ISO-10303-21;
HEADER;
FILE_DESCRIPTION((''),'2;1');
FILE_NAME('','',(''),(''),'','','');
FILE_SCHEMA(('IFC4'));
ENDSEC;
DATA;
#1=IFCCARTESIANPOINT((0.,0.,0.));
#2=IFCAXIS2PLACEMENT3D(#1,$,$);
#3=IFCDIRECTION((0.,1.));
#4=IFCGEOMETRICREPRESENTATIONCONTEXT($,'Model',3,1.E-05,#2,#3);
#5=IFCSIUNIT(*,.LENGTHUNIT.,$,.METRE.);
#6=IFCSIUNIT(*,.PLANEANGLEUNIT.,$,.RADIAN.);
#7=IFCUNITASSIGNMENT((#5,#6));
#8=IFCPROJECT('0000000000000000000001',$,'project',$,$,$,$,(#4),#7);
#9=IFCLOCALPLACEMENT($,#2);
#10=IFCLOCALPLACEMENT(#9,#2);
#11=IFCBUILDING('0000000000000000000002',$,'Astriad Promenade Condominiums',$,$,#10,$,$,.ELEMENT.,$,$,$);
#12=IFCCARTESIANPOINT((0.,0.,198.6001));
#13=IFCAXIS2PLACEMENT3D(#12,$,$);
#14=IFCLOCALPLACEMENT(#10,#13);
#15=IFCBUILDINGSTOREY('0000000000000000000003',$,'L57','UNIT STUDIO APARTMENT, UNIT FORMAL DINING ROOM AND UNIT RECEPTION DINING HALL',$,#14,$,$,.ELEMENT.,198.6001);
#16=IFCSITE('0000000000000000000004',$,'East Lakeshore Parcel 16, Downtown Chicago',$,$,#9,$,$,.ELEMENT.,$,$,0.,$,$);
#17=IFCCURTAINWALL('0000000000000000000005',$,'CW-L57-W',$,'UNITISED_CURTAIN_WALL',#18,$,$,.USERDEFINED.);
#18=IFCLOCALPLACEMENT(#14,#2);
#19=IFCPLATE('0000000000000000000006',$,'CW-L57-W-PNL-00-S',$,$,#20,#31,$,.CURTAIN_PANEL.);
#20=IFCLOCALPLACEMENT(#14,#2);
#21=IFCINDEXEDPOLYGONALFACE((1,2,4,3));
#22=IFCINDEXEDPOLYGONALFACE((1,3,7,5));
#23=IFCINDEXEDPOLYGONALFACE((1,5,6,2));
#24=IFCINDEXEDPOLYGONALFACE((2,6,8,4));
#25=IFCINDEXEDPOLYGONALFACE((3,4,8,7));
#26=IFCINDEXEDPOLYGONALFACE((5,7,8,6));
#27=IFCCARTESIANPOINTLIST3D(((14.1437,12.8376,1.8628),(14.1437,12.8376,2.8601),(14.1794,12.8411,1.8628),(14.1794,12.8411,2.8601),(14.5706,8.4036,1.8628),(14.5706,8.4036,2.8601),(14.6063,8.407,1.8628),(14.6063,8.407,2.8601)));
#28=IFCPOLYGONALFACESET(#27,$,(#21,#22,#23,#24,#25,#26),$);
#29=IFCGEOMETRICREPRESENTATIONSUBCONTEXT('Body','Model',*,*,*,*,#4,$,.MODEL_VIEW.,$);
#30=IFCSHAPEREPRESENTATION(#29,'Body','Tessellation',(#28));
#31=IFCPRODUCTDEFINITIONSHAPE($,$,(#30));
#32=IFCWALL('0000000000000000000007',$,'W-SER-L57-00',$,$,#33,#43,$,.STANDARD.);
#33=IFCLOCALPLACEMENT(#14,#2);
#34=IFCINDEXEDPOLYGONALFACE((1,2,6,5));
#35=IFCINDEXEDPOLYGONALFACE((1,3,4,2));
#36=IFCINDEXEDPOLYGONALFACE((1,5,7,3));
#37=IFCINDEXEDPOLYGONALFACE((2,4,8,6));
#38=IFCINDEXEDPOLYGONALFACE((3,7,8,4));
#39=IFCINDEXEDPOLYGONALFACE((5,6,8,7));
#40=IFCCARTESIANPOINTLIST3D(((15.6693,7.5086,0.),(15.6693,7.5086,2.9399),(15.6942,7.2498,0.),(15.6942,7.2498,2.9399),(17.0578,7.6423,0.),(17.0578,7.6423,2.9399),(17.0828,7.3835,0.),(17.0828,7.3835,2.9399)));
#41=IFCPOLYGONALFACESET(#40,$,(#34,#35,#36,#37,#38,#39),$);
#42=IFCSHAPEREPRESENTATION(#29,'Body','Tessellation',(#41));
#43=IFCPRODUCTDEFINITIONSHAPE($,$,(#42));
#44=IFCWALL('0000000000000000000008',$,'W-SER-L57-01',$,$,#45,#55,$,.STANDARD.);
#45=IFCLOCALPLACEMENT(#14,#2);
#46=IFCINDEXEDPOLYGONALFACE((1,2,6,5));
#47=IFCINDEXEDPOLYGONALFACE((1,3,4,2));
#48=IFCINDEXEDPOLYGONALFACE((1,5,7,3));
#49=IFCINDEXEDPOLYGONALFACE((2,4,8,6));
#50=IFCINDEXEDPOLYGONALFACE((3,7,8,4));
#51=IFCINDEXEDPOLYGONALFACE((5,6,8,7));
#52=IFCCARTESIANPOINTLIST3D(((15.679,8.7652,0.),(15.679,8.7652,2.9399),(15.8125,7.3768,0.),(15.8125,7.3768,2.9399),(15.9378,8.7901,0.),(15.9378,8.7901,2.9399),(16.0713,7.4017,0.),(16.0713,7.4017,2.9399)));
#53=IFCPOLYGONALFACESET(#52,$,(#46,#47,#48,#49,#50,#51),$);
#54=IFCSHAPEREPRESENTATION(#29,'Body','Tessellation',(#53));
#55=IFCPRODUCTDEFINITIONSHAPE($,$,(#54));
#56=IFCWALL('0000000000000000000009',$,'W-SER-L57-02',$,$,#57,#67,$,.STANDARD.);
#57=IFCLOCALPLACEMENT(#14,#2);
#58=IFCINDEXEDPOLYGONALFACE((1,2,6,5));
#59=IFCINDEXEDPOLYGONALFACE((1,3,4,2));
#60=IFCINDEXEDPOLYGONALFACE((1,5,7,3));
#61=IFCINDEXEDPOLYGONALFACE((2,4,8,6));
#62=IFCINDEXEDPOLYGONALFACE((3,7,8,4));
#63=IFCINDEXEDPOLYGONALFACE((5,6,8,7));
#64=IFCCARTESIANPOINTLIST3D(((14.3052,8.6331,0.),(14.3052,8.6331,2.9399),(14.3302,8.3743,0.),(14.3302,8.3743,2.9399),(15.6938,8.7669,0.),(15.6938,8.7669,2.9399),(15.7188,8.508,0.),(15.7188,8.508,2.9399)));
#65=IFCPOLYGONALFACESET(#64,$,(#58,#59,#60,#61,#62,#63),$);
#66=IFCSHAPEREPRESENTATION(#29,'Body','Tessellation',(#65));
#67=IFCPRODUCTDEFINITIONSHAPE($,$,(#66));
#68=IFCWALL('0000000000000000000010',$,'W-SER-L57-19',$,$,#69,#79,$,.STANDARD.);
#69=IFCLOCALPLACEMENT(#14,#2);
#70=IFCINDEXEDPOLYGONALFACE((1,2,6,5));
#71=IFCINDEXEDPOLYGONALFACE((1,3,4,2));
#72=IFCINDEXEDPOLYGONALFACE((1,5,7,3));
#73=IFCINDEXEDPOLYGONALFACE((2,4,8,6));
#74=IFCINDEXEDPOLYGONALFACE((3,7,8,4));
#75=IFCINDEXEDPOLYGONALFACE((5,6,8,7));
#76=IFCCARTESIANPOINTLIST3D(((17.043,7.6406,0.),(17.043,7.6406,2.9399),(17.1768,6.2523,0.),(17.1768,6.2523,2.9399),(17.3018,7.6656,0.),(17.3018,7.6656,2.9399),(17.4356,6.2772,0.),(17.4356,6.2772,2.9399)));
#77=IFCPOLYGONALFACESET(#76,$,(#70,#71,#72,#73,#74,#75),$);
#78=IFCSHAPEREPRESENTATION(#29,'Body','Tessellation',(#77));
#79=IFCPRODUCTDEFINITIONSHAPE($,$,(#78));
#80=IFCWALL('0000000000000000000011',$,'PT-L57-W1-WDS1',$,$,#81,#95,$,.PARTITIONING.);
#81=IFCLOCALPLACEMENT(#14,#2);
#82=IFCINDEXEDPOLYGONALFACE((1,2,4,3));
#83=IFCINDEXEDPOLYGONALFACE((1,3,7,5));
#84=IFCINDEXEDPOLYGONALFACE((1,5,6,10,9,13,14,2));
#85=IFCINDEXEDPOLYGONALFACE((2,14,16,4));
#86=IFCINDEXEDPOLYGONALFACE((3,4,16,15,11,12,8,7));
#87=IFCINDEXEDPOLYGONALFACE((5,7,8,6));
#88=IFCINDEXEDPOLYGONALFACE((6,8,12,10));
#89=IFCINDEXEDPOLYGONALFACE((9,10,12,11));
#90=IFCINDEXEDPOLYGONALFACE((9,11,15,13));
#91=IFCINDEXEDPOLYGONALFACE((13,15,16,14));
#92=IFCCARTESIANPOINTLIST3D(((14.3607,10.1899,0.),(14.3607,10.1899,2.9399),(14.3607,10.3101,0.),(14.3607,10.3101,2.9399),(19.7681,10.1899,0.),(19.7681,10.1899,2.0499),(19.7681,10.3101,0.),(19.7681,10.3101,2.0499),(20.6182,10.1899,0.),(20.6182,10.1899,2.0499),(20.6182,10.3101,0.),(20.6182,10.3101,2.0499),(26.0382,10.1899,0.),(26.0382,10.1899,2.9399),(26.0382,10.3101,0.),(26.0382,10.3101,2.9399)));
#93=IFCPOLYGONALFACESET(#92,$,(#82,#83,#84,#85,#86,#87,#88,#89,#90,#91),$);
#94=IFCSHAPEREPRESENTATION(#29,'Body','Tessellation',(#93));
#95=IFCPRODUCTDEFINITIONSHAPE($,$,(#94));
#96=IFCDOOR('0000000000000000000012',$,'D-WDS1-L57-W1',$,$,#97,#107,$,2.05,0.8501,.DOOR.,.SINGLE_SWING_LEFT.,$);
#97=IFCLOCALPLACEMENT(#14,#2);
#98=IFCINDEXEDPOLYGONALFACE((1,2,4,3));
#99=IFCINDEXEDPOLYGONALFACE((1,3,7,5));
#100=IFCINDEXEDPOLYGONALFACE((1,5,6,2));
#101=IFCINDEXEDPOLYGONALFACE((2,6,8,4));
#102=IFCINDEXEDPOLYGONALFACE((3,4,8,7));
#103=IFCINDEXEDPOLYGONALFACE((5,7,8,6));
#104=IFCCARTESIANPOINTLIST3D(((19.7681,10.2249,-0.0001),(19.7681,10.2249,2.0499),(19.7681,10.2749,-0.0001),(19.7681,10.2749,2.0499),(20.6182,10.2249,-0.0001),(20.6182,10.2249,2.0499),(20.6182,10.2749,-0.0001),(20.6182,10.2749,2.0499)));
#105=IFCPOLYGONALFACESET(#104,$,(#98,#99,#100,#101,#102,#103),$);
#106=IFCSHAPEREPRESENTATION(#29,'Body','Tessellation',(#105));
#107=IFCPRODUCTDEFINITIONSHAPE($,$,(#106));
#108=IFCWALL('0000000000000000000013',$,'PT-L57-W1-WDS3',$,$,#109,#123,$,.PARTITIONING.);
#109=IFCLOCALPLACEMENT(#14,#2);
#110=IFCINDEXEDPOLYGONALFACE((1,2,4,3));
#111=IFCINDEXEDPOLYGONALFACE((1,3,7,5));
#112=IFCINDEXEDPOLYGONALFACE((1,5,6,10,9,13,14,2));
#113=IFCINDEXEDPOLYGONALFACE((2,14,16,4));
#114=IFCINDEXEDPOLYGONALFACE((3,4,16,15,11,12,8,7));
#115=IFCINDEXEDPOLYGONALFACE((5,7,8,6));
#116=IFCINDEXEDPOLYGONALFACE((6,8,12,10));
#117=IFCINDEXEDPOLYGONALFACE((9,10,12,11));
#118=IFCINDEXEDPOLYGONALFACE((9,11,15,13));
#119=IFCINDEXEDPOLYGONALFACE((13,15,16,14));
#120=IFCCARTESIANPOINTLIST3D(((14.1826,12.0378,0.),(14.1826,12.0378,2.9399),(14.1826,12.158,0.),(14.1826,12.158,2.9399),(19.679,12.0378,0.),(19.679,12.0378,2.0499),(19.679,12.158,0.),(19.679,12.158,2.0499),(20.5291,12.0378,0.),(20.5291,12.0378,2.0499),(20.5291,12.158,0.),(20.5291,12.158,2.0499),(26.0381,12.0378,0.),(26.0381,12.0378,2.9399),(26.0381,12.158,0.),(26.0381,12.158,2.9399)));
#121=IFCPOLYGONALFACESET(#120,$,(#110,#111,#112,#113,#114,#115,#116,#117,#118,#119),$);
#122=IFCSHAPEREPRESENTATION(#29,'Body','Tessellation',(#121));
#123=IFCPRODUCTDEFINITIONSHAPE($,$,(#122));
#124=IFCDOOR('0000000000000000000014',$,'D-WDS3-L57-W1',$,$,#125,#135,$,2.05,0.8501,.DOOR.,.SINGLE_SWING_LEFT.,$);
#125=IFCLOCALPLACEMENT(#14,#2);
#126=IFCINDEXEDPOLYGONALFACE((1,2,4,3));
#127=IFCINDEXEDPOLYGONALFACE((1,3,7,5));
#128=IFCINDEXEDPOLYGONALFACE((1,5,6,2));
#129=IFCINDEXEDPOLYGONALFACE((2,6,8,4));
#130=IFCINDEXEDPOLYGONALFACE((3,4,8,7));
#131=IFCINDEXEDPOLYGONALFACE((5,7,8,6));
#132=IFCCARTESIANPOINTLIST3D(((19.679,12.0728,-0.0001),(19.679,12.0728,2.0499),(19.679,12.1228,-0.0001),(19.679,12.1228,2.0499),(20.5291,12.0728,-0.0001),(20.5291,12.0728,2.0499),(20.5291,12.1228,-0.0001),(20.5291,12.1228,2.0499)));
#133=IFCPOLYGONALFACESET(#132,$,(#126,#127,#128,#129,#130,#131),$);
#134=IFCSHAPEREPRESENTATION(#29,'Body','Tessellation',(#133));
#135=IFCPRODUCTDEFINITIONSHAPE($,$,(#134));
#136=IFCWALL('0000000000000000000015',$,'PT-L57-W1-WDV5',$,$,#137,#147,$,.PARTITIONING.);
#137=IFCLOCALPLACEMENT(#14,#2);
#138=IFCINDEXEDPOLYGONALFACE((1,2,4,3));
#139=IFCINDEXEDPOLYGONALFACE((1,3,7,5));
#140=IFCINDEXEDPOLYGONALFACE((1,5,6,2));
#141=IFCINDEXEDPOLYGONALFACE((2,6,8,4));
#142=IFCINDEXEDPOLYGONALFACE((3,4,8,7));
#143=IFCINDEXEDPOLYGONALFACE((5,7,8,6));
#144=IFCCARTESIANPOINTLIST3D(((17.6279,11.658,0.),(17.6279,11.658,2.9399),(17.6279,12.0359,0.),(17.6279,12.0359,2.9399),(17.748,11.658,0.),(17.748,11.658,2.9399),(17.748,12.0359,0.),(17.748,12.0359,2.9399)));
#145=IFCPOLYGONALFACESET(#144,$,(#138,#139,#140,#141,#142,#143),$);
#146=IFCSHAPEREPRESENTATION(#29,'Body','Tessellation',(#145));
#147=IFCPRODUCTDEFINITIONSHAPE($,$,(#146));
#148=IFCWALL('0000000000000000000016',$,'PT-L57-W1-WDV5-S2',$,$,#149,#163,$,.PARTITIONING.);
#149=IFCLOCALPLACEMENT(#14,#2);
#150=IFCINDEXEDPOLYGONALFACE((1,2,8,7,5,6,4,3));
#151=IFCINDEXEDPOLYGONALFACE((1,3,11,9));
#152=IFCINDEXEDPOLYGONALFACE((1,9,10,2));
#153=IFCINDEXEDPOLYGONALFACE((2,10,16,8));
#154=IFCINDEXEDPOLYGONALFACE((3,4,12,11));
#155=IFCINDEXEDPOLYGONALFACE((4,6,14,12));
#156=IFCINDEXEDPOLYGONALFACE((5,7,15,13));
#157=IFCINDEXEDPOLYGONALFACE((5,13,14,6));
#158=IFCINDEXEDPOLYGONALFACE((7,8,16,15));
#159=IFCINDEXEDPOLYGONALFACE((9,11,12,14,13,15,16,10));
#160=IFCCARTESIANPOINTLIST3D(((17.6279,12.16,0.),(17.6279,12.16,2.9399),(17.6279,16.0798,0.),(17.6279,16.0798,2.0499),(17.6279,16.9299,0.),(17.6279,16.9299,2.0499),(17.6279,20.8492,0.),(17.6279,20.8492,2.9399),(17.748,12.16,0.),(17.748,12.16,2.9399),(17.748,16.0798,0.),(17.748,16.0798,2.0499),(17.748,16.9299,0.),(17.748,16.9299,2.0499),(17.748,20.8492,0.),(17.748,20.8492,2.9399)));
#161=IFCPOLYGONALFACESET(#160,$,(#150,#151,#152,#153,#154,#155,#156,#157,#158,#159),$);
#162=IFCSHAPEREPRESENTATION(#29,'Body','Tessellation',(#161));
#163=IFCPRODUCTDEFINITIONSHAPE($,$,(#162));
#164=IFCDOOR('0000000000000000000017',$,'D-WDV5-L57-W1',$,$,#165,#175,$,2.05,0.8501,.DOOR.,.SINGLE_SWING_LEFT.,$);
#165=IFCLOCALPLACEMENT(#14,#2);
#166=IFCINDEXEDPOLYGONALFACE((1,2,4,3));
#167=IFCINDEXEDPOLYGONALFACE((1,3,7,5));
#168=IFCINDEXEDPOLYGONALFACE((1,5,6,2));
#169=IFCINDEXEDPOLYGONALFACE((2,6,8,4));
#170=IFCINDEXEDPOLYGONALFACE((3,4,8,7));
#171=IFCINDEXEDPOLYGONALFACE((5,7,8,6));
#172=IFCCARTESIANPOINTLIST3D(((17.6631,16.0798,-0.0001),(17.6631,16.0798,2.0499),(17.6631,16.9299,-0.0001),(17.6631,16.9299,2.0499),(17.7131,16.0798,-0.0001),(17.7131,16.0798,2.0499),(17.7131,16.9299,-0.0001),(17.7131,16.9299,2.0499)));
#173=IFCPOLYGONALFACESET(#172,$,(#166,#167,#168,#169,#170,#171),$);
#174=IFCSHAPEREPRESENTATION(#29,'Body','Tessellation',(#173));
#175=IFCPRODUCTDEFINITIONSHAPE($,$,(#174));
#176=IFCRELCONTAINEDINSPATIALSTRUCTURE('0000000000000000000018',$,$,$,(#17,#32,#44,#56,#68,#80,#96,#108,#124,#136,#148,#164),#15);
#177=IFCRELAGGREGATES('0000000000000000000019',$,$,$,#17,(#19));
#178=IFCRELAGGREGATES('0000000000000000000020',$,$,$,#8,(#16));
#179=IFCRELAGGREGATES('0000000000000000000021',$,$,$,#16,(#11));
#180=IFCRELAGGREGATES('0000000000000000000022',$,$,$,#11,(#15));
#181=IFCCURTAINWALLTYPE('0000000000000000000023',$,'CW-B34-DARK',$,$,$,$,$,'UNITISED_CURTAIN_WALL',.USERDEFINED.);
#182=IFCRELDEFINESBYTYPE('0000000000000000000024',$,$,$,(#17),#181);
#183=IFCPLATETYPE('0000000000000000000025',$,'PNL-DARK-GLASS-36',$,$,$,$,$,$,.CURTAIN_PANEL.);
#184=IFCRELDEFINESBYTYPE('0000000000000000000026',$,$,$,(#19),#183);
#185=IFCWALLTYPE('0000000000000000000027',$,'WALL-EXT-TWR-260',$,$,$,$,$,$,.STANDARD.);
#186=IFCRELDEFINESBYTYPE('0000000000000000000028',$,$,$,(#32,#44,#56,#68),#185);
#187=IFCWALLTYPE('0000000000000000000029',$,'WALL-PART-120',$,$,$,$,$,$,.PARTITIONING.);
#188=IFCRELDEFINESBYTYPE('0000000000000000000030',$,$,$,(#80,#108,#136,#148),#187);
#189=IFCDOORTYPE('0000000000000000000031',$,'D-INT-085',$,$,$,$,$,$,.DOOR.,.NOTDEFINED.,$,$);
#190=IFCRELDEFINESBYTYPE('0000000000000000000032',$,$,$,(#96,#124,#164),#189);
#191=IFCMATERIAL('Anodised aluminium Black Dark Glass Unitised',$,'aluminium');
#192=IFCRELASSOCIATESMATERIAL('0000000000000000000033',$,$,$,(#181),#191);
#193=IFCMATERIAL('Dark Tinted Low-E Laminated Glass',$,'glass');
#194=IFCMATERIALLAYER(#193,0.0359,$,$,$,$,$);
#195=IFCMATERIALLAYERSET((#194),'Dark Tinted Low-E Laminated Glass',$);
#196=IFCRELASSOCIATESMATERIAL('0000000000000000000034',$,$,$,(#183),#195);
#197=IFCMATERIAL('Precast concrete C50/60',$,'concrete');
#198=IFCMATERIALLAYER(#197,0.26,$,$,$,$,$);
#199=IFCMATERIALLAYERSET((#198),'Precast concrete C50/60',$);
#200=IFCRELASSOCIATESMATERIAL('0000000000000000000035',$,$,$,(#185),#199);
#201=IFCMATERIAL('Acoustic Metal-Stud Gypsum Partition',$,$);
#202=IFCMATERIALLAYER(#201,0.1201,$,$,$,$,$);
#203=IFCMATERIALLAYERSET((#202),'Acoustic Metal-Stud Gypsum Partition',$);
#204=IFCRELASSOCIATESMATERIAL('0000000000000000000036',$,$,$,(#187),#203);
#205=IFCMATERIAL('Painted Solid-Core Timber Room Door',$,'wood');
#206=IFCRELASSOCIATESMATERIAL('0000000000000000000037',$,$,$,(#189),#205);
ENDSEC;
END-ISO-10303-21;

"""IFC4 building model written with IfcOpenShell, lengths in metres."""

from ifc_helpers import new_model, si_unit, direction, frame, frame_2d, origin, origin_2d, place, context, subcontext, project, spatial, rectangle, extrude, source, transform, mapped, material, layer, layer_set, type_object, type_shapes, element, fill, aggregate, save


model = new_model("IFC4")

# Units and contexts
model_context = context("Model", 3, precision=1e-05, world=origin(), true_north=direction((0.0, 1.0)))
body_context = subcontext(model_context, "Body", "Model", "MODEL_VIEW")
ifc_project = project(units=[si_unit("LENGTHUNIT", "METRE"), si_unit("PLANEANGLEUNIT", "RADIAN")], contexts=[model_context])

# Site, building, storey
site_placement = place(None, origin())
site = spatial("IfcSite", under=ifc_project, at=site_placement, Name="East Lakeshore Parcel 16, Downtown Chicago", CompositionType="ELEMENT", RefElevation=0.0)
building_placement = place(site_placement, origin())
building = spatial("IfcBuilding", under=site, at=building_placement, Name="Astriad Promenade Condominiums", CompositionType="ELEMENT")
storey_placement = place(building_placement, frame((0.0, 0.0, 198.6001)))
storey = spatial("IfcBuildingStorey", under=building, at=storey_placement, Name="L57", Description="UNIT STUDIO APARTMENT, UNIT FORMAL DINING ROOM AND UNIT RECEPTION DINING HALL", CompositionType="ELEMENT", Elevation=198.6001)

# Curtain wall
ifc_material_1 = material(Name="Anodised aluminium Black Dark Glass Unitised", Category="aluminium")
curtain_wall_type = type_object("IfcCurtainWallType", Name="CW-B34-DARK", ElementType="UNITISED_CURTAIN_WALL", PredefinedType="USERDEFINED", material=ifc_material_1)
curtain_wall_placement = place(storey_placement, origin())
curtain_wall = element("IfcCurtainWall", 1, at=curtain_wall_placement, inside=storey, type_object=curtain_wall_type, Name="CW-L57-W", ObjectType="UNITISED_CURTAIN_WALL", PredefinedType="USERDEFINED")

# Shared definitions
ifc_material_2 = material(Name="Precast concrete C50/60", Category="concrete")

# Plate
ifc_material_3 = material(Name="Dark Tinted Low-E Laminated Glass", Category="glass")
ifc_layer_1 = layer(ifc_material_3, 0.0359)
ifc_layer_set_1 = layer_set([ifc_layer_1], Name="Dark Tinted Low-E Laminated Glass")
plate_type = type_object("IfcPlateType", Name="PNL-DARK-GLASS-36", PredefinedType="CURTAIN_PANEL", material=ifc_layer_set_1)
shared_shape_1 = source(origin(), body_context, "Body", "SweptSolid", [
    extrude(rectangle(XDim=4.4546, YDim=0.0359, at=origin_2d()), origin(), (0.0, 0.0, 1.0), 0.9973),
])
plate_1_placement = place(storey_placement, frame((14.375, 10.6223, 1.8628), z_axis=(0.0, 0.0, 1.0), x_axis=(-0.095846, 0.995396, 0.0)))
plate_1 = element("IfcPlate", 2, at=plate_1_placement, type_object=plate_type, Name="CW-L57-W-PNL-00-S", PredefinedType="CURTAIN_PANEL", context=body_context, shape_type="MappedRepresentation", body=[
    mapped(shared_shape_1, transform((0.0, 0.0, 0.0), scale=1.0)),
])
aggregate(curtain_wall, [plate_1])

# Walls
ifc_layer_2 = layer(ifc_material_2, 0.26)
ifc_layer_set_2 = layer_set([ifc_layer_2], Name="Precast concrete C50/60")
wall_type_1 = type_object("IfcWallType", Name="WALL-EXT-TWR-260", PredefinedType="STANDARD", material=ifc_layer_set_2)
wall_1_placement = place(storey_placement, frame((17.0703, 7.5129, 0.0), z_axis=(0.0, 0.0, 1.0), x_axis=(-0.995391, -0.095899, 0.0)))
element("IfcWall", 3, at=wall_1_placement, inside=storey, type_object=wall_type_1, Name="W-SER-L57-00", PredefinedType="STANDARD", context=body_context, shape_type="SweptSolid", body=[
    extrude(rectangle(XDim=1.395, YDim=0.26, at=frame_2d((0.6975, 0.0))), origin(), (0.0, 0.0, 1.0), 2.9399),
])
wall_2_placement = place(storey_placement, frame((15.9419, 7.3894, 0.0), z_axis=(0.0, 0.0, 1.0), x_axis=(-0.095742, 0.995406, 0.0)))
element("IfcWall", 4, at=wall_2_placement, inside=storey, type_object=wall_type_1, Name="W-SER-L57-01", PredefinedType="STANDARD", context=body_context, shape_type="SweptSolid", body=[
    extrude(rectangle(XDim=1.3948, YDim=0.26, at=frame_2d((0.6973, 0.0))), origin(), (0.0, 0.0, 1.0), 2.9399),
])
wall_3_placement = place(storey_placement, frame((15.7063, 8.6375, 0.0), z_axis=(0.0, 0.0, 1.0), x_axis=(-0.995391, -0.095899, 0.0)))
element("IfcWall", 5, at=wall_3_placement, inside=storey, type_object=wall_type_1, Name="W-SER-L57-02", PredefinedType="STANDARD", context=body_context, shape_type="SweptSolid", body=[
    extrude(rectangle(XDim=1.395, YDim=0.26, at=frame_2d((0.6975, 0.0))), origin(), (0.0, 0.0, 1.0), 2.9399),
])
wall_4_placement = place(storey_placement, frame((17.3062, 6.2649, 0.0), z_axis=(0.0, 0.0, 1.0), x_axis=(-0.095916, 0.995389, 0.0)))
element("IfcWall", 6, at=wall_4_placement, inside=storey, type_object=wall_type_1, Name="W-SER-L57-19", PredefinedType="STANDARD", context=body_context, shape_type="SweptSolid", body=[
    extrude(rectangle(XDim=1.3948, YDim=0.26, at=frame_2d((0.6973, 0.0))), origin(), (0.0, 0.0, 1.0), 2.9399),
])

# Walls, openings, doors
ifc_material_4 = material(Name="Acoustic Metal-Stud Gypsum Partition")
ifc_layer_3 = layer(ifc_material_4, 0.1201)
ifc_layer_set_3 = layer_set([ifc_layer_3], Name="Acoustic Metal-Stud Gypsum Partition")
wall_type_2 = type_object("IfcWallType", Name="WALL-PART-120", PredefinedType="PARTITIONING", material=ifc_layer_set_3)
wall_5_placement = place(storey_placement, frame((14.3606, 10.25, 0.0), z_axis=(0.0, 0.0, 1.0), x_axis=(1.0, 0.0, 0.0)))
wall_5 = element("IfcWall", 7, at=wall_5_placement, inside=storey, type_object=wall_type_2, Name="PT-L57-W1-WDS1", PredefinedType="PARTITIONING", context=body_context, shape_type="SweptSolid", body=[
    extrude(rectangle(XDim=11.6775, YDim=0.1201, at=frame_2d((5.8389, 0.0))), origin(), (0.0, 0.0, 1.0), 2.9399),
])
opening_1_placement = place(wall_5_placement, frame((5.4075, 0.0, 0.0)))
opening_1 = element("IfcOpeningElement", 8, at=opening_1_placement, cuts=wall_5, PredefinedType="OPENING", context=body_context, shape_type="SweptSolid", body=[
    extrude(rectangle(XDim=0.8501, YDim=2.05, at=frame_2d((0.425, 1.0249))), frame((0.0, 0.0701, 0.0), z_axis=(0.0, -1.0, 0.0), x_axis=(1.0, 0.0, 0.0)), (0.0, 0.0, 1.0), 0.1401),
])
ifc_material_5 = material(Name="Painted Solid-Core Timber Room Door", Category="wood")
door_type = type_object("IfcDoorType", Name="D-INT-085", OperationType="NOTDEFINED", PredefinedType="DOOR", material=ifc_material_5)
shared_shape_2 = source(origin(), body_context, "Body", "SweptSolid", [
    extrude(rectangle(XDim=0.8501, YDim=2.05, at=frame_2d((0.425, 1.0249))), frame((0.0, 0.0249, 0.0), z_axis=(0.0, -1.0, 0.0), x_axis=(1.0, 0.0, 0.0)), (0.0, 0.0, 1.0), 0.05),
])
type_shapes(door_type, [shared_shape_2])
door_1_placement = place(opening_1_placement, origin())
door_1 = element("IfcDoor", 9, at=door_1_placement, inside=storey, type_object=door_type, Name="D-WDS1-L57-W1", OperationType="SINGLE_SWING_LEFT", OverallHeight=2.05, OverallWidth=0.8501, PredefinedType="DOOR", context=body_context, shape_type="MappedRepresentation", body=[
    mapped(shared_shape_2, transform((0.0, 0.0, 0.0), scale=1.0)),
])
fill(opening_1, door_1)
wall_6_placement = place(storey_placement, frame((14.1826, 12.0979, 0.0), z_axis=(0.0, 0.0, 1.0), x_axis=(1.0, 0.0, 0.0)))
wall_6 = element("IfcWall", 10, at=wall_6_placement, inside=storey, type_object=wall_type_2, Name="PT-L57-W1-WDS3", PredefinedType="PARTITIONING", context=body_context, shape_type="SweptSolid", body=[
    extrude(rectangle(XDim=11.8555, YDim=0.1201, at=frame_2d((5.9277, 0.0))), origin(), (0.0, 0.0, 1.0), 2.9399),
])
opening_2_placement = place(wall_6_placement, frame((5.4963, 0.0, 0.0)))
opening_2 = element("IfcOpeningElement", 11, at=opening_2_placement, cuts=wall_6, PredefinedType="OPENING", context=body_context, shape_type="SweptSolid", body=[
    extrude(rectangle(XDim=0.8501, YDim=2.05, at=frame_2d((0.425, 1.0249))), frame((0.0, 0.0701, 0.0), z_axis=(0.0, -1.0, 0.0), x_axis=(1.0, 0.0, 0.0)), (0.0, 0.0, 1.0), 0.1401),
])
door_2_placement = place(opening_2_placement, origin())
door_2 = element("IfcDoor", 12, at=door_2_placement, inside=storey, type_object=door_type, Name="D-WDS3-L57-W1", OperationType="SINGLE_SWING_LEFT", OverallHeight=2.05, OverallWidth=0.8501, PredefinedType="DOOR", context=body_context, shape_type="MappedRepresentation", body=[
    mapped(shared_shape_2, transform((0.0, 0.0, 0.0), scale=1.0)),
])
fill(opening_2, door_2)

# Wall
wall_7_placement = place(storey_placement, frame((17.688, 11.658, 0.0), z_axis=(0.0, 0.0, 1.0), x_axis=(0.0, 1.0, 0.0)))
element("IfcWall", 13, at=wall_7_placement, inside=storey, type_object=wall_type_2, Name="PT-L57-W1-WDV5", PredefinedType="PARTITIONING", context=body_context, shape_type="SweptSolid", body=[
    extrude(rectangle(XDim=0.3779, YDim=0.1201, at=frame_2d((0.189, 0.0))), origin(), (0.0, 0.0, 1.0), 2.9399),
])

# Wall, opening, door
wall_8_placement = place(storey_placement, frame((17.688, 12.1599, 0.0), z_axis=(0.0, 0.0, 1.0), x_axis=(0.0, 1.0, 0.0)))
wall_8 = element("IfcWall", 14, at=wall_8_placement, inside=storey, type_object=wall_type_2, Name="PT-L57-W1-WDV5-S2", PredefinedType="PARTITIONING", context=body_context, shape_type="SweptSolid", body=[
    extrude(rectangle(XDim=8.6892, YDim=0.1201, at=frame_2d((4.3447, 0.0))), origin(), (0.0, 0.0, 1.0), 2.9399),
])
opening_3_placement = place(wall_8_placement, frame((3.9199, 0.0, 0.0)))
opening_3 = element("IfcOpeningElement", 15, at=opening_3_placement, cuts=wall_8, PredefinedType="OPENING", context=body_context, shape_type="SweptSolid", body=[
    extrude(rectangle(XDim=0.8501, YDim=2.05, at=frame_2d((0.425, 1.0249))), frame((0.0, 0.0701, 0.0), z_axis=(0.0, -1.0, 0.0), x_axis=(1.0, 0.0, 0.0)), (0.0, 0.0, 1.0), 0.1401),
])
door_3_placement = place(opening_3_placement, origin())
door_3 = element("IfcDoor", 16, at=door_3_placement, inside=storey, type_object=door_type, Name="D-WDV5-L57-W1", OperationType="SINGLE_SWING_LEFT", OverallHeight=2.05, OverallWidth=0.8501, PredefinedType="DOOR", context=body_context, shape_type="MappedRepresentation", body=[
    mapped(shared_shape_2, transform((0.0, 0.0, 0.0), scale=1.0)),
])
fill(opening_3, door_3)

save(model, "model.ifc")
